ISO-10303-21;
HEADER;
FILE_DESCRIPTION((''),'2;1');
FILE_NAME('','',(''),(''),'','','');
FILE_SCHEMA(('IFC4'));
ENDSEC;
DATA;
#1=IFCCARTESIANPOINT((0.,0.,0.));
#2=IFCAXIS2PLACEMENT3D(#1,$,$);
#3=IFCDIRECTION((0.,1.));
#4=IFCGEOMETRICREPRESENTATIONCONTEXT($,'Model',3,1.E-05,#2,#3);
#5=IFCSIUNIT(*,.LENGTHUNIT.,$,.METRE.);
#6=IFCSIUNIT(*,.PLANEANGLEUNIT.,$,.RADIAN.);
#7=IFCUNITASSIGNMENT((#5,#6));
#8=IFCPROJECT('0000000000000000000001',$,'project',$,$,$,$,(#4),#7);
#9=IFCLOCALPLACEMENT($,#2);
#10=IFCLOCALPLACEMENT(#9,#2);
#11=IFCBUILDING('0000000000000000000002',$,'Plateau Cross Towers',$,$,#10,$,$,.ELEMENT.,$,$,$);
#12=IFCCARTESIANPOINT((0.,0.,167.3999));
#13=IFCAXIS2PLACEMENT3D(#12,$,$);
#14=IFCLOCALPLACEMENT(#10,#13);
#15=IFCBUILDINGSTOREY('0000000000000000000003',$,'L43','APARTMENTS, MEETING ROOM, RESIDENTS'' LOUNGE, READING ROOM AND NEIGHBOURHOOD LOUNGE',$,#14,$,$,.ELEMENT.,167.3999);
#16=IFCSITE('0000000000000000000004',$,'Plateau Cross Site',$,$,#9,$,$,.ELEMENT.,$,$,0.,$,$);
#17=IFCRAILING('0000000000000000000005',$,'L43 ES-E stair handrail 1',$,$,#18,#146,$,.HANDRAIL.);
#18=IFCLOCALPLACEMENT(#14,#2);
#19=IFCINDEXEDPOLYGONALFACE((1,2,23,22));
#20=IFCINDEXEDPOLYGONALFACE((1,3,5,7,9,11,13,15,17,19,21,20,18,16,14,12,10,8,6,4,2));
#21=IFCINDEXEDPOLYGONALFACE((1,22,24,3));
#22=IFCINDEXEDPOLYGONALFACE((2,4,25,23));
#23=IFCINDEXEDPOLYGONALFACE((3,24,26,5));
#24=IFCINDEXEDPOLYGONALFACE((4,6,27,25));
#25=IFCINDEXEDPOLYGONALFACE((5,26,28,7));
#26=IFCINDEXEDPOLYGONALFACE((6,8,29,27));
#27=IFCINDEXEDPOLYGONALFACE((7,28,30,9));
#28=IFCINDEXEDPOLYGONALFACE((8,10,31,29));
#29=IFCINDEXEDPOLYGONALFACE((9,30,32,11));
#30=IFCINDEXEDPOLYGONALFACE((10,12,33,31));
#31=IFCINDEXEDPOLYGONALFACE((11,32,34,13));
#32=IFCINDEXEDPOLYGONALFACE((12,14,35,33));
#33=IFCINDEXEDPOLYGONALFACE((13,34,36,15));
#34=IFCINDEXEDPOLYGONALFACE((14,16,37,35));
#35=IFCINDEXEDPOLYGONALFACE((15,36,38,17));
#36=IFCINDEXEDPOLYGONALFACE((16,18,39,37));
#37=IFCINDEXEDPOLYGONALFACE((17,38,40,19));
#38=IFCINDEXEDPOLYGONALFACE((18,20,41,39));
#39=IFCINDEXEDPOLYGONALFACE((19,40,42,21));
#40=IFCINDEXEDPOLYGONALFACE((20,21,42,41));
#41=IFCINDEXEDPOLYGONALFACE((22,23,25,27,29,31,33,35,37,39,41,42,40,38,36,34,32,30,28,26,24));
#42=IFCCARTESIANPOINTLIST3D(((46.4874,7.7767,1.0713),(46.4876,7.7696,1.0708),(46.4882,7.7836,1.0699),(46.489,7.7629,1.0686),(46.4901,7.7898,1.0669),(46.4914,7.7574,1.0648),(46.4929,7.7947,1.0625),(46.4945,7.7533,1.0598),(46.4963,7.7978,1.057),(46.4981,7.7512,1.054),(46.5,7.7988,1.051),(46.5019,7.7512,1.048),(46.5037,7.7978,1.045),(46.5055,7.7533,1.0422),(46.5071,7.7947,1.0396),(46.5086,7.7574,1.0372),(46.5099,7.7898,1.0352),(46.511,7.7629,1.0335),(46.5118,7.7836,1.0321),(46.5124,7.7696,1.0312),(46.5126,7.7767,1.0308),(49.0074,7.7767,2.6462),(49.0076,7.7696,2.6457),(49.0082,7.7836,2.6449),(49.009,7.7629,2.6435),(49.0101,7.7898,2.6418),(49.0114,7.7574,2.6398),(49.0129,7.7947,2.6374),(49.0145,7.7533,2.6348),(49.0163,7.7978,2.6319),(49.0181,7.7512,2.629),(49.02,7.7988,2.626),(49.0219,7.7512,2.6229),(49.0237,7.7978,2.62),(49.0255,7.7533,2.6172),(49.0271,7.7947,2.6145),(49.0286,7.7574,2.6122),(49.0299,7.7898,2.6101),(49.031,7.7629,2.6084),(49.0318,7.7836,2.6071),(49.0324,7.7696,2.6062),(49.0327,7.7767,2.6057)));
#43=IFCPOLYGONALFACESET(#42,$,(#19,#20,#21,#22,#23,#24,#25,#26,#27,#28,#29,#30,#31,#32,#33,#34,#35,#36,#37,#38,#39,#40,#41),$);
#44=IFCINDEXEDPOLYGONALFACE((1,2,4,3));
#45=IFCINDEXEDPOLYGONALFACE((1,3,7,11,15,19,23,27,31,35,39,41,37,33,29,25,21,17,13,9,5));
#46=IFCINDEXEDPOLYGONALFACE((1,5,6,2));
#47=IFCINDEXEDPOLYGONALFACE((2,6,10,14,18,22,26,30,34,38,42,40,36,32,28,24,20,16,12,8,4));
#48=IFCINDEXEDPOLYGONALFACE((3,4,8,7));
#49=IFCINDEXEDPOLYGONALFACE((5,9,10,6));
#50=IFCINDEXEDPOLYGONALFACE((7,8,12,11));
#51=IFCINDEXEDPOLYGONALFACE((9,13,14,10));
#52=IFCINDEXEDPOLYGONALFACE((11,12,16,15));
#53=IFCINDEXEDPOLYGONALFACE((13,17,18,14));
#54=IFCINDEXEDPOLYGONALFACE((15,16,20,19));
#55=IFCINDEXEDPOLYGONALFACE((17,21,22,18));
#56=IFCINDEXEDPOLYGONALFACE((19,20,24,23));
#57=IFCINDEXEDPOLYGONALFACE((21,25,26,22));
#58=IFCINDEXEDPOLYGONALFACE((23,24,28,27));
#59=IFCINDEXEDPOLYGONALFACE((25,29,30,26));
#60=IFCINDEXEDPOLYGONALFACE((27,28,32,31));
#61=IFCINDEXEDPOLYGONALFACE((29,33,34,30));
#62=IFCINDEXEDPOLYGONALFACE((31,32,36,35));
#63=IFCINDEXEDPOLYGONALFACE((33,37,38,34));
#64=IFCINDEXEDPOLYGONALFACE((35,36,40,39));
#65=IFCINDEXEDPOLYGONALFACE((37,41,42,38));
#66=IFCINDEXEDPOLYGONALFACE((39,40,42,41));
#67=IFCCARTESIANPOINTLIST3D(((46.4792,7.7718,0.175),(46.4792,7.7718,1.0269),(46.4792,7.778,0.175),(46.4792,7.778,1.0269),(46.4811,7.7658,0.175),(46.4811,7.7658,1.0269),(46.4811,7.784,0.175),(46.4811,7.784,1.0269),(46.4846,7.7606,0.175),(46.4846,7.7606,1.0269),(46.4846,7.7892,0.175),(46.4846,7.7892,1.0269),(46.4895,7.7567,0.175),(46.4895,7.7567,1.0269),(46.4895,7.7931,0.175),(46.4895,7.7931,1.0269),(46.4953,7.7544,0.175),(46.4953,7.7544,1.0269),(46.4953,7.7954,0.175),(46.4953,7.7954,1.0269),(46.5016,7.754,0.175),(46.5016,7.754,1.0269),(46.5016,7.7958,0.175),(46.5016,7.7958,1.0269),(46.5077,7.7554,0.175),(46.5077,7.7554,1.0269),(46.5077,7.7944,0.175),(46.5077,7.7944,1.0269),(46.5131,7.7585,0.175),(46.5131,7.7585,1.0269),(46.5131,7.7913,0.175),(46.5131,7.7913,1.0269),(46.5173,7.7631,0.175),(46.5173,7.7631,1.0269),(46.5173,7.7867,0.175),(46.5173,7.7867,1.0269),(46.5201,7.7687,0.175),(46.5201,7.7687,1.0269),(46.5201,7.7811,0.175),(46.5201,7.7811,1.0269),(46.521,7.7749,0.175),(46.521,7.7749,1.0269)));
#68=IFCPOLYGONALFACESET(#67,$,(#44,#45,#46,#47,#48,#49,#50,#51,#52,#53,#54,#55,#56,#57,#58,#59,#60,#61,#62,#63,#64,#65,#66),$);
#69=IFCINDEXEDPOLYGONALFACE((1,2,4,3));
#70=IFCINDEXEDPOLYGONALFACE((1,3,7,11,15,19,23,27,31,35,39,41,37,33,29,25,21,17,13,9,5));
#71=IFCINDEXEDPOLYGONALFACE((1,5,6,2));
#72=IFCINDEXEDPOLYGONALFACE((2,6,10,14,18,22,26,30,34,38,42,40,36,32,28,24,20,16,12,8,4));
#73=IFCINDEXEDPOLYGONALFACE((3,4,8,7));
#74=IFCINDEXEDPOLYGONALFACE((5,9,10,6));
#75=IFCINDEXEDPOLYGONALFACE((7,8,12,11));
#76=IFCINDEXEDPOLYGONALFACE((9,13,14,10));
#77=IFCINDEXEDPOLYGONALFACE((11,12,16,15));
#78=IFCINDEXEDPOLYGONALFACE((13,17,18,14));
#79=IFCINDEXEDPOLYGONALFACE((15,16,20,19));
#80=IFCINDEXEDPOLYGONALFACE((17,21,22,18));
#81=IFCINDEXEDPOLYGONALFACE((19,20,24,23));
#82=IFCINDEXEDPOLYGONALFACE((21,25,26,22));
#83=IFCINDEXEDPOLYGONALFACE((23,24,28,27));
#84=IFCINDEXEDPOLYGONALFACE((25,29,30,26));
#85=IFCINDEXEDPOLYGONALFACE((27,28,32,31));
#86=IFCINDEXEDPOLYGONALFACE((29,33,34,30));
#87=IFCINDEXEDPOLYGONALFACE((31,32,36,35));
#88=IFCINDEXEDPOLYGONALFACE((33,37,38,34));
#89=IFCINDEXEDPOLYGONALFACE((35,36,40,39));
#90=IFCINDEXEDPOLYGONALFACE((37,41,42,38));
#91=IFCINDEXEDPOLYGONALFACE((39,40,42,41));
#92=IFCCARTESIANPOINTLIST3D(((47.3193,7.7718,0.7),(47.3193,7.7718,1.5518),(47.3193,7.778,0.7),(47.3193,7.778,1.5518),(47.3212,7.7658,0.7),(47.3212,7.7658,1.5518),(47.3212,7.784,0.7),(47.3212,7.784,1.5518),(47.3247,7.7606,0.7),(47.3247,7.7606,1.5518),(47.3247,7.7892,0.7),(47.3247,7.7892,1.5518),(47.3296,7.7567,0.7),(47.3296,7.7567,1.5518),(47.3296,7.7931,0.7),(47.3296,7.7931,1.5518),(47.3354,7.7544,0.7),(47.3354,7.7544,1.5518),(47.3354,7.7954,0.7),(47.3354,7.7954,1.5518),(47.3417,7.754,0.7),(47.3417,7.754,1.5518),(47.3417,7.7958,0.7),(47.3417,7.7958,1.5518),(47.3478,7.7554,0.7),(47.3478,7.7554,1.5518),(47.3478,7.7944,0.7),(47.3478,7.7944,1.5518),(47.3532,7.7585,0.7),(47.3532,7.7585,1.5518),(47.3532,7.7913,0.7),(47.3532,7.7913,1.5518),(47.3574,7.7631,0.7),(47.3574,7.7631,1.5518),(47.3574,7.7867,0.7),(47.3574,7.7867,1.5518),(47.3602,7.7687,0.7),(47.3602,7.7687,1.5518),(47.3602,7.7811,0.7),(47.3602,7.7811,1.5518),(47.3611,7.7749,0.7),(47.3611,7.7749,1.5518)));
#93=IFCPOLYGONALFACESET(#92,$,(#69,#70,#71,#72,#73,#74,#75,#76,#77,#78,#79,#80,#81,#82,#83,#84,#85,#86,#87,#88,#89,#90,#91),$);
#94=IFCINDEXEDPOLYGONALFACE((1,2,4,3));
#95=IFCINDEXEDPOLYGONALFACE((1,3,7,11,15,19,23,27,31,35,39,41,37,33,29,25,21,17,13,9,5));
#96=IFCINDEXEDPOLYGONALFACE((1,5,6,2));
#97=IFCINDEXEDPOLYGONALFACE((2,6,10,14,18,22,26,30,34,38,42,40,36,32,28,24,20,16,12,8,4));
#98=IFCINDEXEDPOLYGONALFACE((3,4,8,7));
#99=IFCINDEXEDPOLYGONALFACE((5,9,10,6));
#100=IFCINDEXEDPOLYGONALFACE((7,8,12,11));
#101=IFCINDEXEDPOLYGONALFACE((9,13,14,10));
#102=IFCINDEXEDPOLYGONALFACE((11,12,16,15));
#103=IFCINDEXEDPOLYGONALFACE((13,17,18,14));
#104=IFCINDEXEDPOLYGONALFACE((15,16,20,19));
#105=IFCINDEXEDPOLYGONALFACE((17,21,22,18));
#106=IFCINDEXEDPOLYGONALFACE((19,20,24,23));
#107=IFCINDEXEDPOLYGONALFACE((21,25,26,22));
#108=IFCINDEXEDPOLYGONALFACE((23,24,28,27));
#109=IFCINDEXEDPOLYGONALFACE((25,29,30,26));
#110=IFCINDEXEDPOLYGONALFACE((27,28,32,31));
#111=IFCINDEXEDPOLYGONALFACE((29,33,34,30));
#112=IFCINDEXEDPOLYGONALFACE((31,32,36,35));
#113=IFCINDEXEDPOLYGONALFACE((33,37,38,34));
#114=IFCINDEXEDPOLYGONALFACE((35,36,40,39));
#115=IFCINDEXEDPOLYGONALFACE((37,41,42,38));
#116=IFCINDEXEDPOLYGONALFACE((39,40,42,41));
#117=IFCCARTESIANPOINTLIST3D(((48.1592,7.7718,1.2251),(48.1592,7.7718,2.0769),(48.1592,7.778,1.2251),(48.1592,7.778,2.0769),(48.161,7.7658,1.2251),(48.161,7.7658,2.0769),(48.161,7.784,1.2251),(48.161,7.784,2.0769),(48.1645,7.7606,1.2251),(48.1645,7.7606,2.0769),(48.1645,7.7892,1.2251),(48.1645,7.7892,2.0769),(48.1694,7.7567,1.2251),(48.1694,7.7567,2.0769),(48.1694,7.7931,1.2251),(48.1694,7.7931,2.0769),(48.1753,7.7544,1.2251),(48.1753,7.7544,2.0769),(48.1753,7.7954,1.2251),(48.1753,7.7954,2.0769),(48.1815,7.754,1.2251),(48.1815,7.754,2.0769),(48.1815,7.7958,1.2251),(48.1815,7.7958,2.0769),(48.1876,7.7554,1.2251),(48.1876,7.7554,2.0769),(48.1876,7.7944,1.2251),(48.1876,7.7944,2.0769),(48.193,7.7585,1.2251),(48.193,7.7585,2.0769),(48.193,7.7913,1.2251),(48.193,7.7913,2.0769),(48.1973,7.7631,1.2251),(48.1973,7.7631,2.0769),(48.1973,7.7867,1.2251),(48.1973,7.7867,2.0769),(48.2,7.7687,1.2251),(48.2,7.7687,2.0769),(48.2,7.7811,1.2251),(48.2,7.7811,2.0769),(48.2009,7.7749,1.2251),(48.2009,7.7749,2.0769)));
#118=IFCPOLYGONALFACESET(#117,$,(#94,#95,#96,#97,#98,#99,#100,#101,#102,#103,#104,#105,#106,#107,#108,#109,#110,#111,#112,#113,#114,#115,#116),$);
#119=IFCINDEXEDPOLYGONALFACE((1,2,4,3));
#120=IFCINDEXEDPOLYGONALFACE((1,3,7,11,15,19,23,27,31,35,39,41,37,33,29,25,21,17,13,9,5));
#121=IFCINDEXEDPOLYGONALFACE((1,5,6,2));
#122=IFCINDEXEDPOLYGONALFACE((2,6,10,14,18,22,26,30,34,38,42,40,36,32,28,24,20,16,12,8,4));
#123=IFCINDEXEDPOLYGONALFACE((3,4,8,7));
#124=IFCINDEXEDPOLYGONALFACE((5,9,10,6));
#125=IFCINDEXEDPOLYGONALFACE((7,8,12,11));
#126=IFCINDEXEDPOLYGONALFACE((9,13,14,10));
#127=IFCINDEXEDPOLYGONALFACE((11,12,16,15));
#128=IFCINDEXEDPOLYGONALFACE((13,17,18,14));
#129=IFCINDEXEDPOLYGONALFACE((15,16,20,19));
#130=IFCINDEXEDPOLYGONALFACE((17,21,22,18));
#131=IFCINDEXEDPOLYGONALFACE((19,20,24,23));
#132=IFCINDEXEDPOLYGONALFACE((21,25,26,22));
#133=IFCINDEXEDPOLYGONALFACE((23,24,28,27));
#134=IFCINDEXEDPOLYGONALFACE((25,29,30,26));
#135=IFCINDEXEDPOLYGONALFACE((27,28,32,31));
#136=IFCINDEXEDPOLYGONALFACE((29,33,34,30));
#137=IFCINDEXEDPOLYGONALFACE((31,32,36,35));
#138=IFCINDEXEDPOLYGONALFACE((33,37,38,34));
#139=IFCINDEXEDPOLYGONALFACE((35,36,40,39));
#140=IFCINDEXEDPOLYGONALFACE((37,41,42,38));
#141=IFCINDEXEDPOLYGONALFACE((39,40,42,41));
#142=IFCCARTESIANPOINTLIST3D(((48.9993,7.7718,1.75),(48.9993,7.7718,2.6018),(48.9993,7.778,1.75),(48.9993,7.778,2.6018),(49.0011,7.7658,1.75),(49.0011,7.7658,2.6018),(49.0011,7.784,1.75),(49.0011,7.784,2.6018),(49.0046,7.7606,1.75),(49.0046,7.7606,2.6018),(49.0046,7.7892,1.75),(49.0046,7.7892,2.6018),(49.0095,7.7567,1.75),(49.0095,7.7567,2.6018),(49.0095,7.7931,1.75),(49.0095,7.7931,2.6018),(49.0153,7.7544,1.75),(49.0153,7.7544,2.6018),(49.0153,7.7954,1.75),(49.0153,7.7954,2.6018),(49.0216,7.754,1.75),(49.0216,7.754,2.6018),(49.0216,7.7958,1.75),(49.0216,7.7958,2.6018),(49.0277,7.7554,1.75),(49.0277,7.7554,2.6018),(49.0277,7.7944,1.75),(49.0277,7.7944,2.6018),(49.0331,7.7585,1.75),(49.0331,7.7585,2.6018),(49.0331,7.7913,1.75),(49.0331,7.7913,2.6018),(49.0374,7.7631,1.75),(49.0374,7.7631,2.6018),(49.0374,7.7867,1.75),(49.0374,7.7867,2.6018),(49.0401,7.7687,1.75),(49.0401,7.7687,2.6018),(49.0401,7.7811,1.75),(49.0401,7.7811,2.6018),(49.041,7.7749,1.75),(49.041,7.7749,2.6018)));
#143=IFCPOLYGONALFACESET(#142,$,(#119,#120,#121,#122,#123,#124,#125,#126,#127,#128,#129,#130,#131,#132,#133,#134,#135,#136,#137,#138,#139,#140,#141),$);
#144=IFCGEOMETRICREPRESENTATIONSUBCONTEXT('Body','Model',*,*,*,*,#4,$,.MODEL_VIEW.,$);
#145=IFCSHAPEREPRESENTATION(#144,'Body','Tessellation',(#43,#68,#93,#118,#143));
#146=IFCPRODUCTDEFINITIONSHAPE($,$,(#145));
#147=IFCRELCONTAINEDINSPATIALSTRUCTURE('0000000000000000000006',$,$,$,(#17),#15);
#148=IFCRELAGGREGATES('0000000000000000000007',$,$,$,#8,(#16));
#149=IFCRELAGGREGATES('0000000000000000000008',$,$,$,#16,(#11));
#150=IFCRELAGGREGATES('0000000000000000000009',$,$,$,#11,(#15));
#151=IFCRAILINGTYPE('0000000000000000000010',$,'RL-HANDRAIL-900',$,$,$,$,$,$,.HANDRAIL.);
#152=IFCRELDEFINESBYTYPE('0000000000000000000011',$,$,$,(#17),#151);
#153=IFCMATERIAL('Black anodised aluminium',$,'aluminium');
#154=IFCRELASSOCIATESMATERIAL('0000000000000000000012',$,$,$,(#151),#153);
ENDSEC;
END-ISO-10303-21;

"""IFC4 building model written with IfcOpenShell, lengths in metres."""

from ifc_helpers import new_model, si_unit, direction, frame, origin, origin_2d, place, context, subcontext, project, spatial, circle, extrude, material, type_object, element, save


model = new_model("IFC4")

# Units and contexts
model_context = context("Model", 3, precision=1e-05, world=origin(), true_north=direction((0.0, 1.0)))
body_context = subcontext(model_context, "Body", "Model", "MODEL_VIEW")
ifc_project = project(units=[si_unit("LENGTHUNIT", "METRE"), si_unit("PLANEANGLEUNIT", "RADIAN")], contexts=[model_context])

# Site, building, storey
site_placement = place(None, origin())
site = spatial("IfcSite", under=ifc_project, at=site_placement, Name="Plateau Cross Site", CompositionType="ELEMENT", RefElevation=0.0)
building_placement = place(site_placement, origin())
building = spatial("IfcBuilding", under=site, at=building_placement, Name="Plateau Cross Towers", CompositionType="ELEMENT")
storey_placement = place(building_placement, frame((0.0, 0.0, 167.3999)))
storey = spatial("IfcBuildingStorey", under=building, at=storey_placement, Name="L43", Description="APARTMENTS, MEETING ROOM, RESIDENTS' LOUNGE, READING ROOM AND NEIGHBOURHOOD LOUNGE", CompositionType="ELEMENT", Elevation=167.3999)

# Shared definitions
ifc_material_1 = material(Name="Black anodised aluminium", Category="aluminium")

# Railing
railing_type_1 = type_object("IfcRailingType", Name="RL-HANDRAIL-900", PredefinedType="HANDRAIL", material=ifc_material_1)
railing_1_placement = place(storey_placement, frame((46.5, 7.7749, 0.175)))
element("IfcRailing", 1, at=railing_1_placement, inside=storey, type_object=railing_type_1, Name="L43 ES-E stair handrail 1", PredefinedType="HANDRAIL", context=body_context, shape_type="SweptSolid", body=[
    extrude(circle(Radius=0.0239, at=origin_2d()), frame((0.0, 0.0, 0.876), z_axis=(0.848008, 0.0, 0.529984), x_axis=(0.0, 1.0, 0.0)), (0.0, 0.0, 1.0), 2.9717),
    extrude(circle(Radius=0.021, at=origin_2d()), origin(), (0.0, 0.0, 1.0), 0.8518),
    extrude(circle(Radius=0.021, at=origin_2d()), frame((0.8401, 0.0, 0.5249)), (0.0, 0.0, 1.0), 0.8518),
    extrude(circle(Radius=0.021, at=origin_2d()), frame((1.6799, 0.0, 1.05)), (0.0, 0.0, 1.0), 0.8518),
    extrude(circle(Radius=0.021, at=origin_2d()), frame((2.52, 0.0, 1.575)), (0.0, 0.0, 1.0), 0.8518),
])

save(model, "model.ifc")
